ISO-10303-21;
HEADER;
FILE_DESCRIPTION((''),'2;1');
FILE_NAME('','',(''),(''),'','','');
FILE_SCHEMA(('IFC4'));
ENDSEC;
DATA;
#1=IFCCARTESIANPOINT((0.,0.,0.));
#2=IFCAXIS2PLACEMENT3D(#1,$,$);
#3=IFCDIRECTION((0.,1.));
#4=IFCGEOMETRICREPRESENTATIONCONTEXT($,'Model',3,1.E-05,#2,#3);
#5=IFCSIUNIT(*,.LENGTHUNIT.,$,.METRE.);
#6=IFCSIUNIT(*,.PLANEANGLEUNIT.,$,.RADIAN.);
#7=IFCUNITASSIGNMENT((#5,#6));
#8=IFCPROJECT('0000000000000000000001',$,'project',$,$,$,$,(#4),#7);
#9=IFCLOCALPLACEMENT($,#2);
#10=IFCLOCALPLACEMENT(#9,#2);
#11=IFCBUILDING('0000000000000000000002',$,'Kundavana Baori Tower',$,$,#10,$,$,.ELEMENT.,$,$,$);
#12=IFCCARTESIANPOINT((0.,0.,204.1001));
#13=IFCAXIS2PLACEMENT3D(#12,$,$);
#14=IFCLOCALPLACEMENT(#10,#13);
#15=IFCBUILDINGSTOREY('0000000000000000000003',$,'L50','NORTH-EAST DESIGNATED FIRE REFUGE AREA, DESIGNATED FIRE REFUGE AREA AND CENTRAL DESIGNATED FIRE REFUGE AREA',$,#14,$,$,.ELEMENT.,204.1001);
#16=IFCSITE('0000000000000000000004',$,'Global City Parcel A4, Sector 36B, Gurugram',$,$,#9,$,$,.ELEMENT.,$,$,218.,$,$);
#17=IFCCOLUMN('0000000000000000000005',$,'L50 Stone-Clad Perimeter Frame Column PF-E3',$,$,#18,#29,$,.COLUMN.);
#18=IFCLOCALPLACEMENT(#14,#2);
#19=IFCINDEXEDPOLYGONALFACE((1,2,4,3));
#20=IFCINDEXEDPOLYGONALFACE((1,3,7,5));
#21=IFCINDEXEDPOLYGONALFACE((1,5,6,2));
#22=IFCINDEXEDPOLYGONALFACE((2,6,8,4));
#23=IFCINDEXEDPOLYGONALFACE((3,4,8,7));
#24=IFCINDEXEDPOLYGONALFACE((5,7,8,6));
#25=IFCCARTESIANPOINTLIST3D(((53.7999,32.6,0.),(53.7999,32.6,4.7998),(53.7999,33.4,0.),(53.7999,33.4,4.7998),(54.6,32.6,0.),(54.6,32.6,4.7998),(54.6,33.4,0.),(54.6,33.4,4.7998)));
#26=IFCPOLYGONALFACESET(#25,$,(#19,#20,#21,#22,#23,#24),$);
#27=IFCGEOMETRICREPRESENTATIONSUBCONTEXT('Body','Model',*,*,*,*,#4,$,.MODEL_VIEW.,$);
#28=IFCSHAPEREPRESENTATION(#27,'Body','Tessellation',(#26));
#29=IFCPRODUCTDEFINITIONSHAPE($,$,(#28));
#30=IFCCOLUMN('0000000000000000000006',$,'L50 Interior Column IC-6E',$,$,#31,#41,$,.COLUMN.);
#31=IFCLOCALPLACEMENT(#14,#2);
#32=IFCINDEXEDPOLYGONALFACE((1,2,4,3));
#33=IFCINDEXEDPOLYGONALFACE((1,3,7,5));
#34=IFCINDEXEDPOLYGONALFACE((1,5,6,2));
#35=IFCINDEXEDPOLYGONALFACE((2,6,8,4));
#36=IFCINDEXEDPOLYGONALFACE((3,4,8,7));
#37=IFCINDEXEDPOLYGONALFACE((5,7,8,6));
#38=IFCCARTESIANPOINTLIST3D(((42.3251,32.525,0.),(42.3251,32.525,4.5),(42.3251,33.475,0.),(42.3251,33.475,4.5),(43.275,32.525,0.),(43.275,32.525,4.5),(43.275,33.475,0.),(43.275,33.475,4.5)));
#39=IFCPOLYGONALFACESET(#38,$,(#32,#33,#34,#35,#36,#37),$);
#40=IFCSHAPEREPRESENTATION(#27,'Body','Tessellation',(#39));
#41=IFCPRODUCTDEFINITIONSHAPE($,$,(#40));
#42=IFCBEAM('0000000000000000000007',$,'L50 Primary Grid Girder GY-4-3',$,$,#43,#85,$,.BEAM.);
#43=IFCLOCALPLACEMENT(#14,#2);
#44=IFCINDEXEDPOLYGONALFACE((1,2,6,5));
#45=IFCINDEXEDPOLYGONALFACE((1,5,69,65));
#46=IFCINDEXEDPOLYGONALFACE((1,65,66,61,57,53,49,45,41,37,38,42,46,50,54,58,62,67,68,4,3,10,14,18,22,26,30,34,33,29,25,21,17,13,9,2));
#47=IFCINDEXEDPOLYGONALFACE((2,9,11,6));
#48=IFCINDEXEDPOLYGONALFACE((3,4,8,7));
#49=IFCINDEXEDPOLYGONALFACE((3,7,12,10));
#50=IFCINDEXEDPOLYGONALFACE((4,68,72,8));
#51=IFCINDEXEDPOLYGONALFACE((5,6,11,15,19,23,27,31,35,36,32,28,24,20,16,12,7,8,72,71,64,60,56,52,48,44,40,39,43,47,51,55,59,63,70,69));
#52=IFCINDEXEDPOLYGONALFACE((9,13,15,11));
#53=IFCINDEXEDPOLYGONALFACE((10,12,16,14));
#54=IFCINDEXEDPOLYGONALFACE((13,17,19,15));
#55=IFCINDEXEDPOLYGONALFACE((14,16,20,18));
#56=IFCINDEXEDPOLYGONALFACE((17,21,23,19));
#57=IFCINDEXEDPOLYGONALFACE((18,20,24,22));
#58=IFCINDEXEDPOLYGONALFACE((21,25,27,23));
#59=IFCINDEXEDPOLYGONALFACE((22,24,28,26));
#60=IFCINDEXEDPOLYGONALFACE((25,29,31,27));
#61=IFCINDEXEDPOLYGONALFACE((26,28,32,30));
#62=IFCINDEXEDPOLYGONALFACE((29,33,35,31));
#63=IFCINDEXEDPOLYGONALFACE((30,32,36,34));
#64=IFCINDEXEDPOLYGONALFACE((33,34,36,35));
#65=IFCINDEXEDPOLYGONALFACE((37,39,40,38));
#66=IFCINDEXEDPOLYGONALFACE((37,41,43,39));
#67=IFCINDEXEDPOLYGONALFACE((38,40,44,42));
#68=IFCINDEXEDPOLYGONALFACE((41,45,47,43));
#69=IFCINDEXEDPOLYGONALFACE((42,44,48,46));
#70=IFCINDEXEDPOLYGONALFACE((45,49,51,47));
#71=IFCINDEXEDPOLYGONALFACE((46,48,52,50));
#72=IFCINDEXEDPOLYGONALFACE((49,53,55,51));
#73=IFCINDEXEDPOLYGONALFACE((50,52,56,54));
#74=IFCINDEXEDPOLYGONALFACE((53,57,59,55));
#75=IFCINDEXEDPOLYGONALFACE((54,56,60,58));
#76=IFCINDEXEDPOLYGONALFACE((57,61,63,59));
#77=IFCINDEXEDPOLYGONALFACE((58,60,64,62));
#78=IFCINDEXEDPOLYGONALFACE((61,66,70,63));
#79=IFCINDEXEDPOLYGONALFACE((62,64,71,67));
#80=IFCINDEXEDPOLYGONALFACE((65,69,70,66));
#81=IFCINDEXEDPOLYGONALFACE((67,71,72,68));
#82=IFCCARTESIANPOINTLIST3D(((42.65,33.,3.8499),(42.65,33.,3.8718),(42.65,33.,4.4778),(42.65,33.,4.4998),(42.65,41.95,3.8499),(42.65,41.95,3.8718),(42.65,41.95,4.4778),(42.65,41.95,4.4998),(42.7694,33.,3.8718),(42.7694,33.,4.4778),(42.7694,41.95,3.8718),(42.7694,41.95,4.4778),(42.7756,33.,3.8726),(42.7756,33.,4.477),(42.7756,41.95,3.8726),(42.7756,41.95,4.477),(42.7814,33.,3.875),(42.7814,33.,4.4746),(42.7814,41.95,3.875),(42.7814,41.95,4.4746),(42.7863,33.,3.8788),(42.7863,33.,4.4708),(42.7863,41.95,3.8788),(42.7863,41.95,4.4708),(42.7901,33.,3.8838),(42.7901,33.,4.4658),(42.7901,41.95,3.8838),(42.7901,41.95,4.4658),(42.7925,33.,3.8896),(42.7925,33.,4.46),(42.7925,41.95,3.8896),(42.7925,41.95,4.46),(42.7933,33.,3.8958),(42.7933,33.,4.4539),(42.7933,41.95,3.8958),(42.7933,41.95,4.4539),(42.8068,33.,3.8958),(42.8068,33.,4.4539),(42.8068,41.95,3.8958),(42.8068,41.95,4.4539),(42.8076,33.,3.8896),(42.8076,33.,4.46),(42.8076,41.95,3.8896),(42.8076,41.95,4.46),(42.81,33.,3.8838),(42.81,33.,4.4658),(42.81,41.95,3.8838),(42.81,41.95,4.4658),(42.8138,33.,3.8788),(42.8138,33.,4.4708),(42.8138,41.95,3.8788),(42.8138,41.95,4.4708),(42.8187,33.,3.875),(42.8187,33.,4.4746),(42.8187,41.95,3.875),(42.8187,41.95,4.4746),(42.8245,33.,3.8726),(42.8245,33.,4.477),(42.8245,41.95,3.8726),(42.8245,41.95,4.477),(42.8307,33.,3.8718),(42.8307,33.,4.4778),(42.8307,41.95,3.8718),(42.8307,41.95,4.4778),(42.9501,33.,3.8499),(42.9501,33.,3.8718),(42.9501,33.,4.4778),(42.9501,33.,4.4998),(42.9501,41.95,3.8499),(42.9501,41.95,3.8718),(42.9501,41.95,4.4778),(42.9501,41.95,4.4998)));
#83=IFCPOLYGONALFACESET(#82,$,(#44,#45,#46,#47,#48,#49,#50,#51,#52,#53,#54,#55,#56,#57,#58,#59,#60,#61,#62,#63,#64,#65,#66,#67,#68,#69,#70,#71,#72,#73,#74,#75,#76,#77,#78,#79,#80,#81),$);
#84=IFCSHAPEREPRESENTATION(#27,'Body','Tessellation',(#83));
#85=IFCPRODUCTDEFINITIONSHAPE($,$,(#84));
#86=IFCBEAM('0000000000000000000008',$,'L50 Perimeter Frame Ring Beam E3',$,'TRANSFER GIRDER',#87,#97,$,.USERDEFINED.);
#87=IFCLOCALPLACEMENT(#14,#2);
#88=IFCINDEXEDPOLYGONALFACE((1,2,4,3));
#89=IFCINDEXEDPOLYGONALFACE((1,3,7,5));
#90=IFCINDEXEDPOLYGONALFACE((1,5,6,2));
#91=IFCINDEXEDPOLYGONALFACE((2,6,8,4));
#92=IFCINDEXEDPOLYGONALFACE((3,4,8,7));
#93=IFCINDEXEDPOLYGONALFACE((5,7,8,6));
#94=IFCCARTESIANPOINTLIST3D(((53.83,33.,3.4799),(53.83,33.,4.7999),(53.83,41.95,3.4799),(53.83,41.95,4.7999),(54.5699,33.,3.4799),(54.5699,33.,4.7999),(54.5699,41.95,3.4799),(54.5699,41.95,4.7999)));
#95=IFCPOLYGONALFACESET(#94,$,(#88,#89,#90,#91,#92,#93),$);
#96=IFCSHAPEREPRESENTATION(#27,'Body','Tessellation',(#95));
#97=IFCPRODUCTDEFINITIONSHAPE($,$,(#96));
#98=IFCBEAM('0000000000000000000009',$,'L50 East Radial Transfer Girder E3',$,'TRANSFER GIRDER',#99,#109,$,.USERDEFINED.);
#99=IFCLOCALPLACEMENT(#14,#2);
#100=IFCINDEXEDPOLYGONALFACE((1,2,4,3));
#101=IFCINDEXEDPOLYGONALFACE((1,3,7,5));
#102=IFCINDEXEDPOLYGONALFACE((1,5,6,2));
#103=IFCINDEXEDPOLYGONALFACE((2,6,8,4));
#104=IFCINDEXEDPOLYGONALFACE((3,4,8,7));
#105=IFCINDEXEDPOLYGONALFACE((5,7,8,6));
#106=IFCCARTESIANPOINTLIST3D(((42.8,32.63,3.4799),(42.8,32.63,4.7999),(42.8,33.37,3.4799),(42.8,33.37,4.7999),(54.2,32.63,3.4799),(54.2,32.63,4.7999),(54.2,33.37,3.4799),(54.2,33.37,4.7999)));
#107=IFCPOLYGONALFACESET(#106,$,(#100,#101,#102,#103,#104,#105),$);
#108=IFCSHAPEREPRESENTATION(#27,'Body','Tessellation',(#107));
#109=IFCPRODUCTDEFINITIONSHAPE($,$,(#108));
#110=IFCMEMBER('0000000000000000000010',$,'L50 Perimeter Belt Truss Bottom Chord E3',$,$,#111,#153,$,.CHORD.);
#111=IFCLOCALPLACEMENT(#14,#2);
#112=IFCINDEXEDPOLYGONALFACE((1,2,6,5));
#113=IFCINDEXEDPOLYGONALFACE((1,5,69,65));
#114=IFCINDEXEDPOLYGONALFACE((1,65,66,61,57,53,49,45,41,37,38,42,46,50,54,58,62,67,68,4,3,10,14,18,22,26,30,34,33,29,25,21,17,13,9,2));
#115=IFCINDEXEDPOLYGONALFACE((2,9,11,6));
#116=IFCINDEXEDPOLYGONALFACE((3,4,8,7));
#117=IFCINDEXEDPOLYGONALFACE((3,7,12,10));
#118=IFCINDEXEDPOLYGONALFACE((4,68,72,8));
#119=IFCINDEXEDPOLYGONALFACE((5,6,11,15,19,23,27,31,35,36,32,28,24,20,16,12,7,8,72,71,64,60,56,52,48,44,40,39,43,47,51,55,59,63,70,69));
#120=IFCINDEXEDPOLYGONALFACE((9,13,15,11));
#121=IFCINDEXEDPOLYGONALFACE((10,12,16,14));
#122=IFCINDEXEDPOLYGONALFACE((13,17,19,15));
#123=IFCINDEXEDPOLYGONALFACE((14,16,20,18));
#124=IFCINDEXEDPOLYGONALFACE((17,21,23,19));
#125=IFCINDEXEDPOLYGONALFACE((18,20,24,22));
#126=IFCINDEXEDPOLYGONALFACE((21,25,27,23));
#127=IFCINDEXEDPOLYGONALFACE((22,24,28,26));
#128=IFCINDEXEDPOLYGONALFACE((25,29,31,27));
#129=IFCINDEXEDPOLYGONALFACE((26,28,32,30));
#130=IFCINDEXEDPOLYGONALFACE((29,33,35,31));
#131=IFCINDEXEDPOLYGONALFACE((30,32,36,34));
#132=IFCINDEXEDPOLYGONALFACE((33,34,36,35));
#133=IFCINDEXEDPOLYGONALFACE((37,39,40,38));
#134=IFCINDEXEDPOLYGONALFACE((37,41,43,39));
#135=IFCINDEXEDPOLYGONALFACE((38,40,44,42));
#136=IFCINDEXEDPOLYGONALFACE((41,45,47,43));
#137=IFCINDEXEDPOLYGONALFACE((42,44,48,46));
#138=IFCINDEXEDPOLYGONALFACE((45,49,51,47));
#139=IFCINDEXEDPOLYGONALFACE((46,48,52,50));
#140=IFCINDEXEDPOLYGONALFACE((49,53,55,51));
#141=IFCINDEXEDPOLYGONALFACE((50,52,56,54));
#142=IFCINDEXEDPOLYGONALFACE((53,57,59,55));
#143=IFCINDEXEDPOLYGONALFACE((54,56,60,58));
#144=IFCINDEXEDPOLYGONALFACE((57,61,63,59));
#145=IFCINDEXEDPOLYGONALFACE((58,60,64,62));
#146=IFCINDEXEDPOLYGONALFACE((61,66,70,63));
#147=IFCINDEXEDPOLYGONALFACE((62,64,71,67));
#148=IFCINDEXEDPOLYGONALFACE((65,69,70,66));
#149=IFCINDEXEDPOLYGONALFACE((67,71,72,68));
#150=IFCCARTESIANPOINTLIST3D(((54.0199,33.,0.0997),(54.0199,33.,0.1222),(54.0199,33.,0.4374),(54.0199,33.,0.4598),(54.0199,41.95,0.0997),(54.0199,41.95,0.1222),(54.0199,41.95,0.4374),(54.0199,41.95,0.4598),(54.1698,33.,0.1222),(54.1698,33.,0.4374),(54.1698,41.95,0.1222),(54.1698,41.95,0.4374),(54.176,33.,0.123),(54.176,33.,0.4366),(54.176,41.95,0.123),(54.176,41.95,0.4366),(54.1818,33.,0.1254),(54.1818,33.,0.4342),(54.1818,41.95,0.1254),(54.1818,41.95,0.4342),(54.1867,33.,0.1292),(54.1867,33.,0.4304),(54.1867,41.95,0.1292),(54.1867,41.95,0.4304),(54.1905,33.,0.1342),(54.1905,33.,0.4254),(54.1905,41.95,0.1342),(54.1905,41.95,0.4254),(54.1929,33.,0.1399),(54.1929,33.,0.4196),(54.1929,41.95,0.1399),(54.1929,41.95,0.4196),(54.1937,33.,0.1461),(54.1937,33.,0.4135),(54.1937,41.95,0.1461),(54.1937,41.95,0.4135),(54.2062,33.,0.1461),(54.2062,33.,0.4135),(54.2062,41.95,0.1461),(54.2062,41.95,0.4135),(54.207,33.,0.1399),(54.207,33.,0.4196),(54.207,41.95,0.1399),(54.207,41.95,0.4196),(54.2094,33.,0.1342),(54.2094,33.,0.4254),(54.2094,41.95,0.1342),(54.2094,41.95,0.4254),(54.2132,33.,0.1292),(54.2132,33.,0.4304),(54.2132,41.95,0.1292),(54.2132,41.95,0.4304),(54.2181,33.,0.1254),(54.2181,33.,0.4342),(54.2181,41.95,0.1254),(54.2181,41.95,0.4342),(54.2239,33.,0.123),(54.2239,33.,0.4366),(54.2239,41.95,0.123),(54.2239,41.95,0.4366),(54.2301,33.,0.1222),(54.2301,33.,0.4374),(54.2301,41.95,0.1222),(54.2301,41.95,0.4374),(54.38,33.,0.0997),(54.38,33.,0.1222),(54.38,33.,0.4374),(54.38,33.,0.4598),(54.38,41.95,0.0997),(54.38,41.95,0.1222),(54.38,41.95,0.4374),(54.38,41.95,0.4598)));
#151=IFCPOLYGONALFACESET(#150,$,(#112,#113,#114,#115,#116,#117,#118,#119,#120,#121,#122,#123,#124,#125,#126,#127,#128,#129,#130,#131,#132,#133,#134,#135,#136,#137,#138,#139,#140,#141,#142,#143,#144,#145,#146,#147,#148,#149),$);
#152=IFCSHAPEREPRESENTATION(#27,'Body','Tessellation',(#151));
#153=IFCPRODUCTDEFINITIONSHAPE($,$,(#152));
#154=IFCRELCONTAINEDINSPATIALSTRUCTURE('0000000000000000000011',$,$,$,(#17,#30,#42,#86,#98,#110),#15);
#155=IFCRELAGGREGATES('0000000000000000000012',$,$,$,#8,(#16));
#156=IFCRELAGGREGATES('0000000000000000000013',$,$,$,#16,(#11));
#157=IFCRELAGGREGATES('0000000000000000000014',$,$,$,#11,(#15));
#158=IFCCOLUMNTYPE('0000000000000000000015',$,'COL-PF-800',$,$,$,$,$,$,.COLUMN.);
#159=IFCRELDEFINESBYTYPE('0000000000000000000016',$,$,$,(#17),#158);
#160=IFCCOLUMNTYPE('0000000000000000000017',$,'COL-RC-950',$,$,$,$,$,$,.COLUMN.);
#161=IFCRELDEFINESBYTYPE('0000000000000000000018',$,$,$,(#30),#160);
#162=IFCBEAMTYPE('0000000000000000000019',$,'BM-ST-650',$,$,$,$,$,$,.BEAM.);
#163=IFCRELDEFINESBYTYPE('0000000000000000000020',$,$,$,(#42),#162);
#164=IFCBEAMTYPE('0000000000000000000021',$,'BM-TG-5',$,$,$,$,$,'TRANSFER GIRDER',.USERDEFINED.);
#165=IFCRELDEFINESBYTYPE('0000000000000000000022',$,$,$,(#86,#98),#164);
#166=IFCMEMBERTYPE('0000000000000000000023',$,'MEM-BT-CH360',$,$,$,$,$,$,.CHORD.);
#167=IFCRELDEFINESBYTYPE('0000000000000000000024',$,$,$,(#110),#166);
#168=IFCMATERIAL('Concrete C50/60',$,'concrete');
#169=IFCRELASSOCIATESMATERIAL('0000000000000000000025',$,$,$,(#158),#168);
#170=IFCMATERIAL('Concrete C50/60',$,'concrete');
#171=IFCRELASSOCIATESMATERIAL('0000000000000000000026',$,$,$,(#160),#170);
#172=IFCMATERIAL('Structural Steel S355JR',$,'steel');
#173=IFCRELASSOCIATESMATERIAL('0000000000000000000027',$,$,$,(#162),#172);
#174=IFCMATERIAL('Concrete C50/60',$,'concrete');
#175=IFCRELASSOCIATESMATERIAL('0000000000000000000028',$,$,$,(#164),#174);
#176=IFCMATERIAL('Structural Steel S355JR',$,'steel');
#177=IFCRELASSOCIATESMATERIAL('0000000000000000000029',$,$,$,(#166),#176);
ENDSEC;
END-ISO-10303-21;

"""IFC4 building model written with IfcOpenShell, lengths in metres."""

from ifc_helpers import new_model, si_unit, direction, frame, origin, origin_2d, place, context, subcontext, project, spatial, rectangle, i_section, extrude, material, material_profile, profile_set, type_object, element, save


model = new_model("IFC4")

# Units and contexts
model_context = context("Model", 3, precision=1e-05, world=origin(), true_north=direction((0.0, 1.0)))
body_context = subcontext(model_context, "Body", "Model", "MODEL_VIEW")
ifc_project = project(units=[si_unit("LENGTHUNIT", "METRE"), si_unit("PLANEANGLEUNIT", "RADIAN")], contexts=[model_context])

# Site, building, storey
site_placement = place(None, origin())
site = spatial("IfcSite", under=ifc_project, at=site_placement, Name="Global City Parcel A4, Sector 36B, Gurugram", CompositionType="ELEMENT", RefElevation=218.0)
building_placement = place(site_placement, origin())
building = spatial("IfcBuilding", under=site, at=building_placement, Name="Kundavana Baori Tower", CompositionType="ELEMENT")
storey_placement = place(building_placement, frame((0.0, 0.0, 204.1001)))
storey = spatial("IfcBuildingStorey", under=building, at=storey_placement, Name="L50", Description="NORTH-EAST DESIGNATED FIRE REFUGE AREA, DESIGNATED FIRE REFUGE AREA AND CENTRAL DESIGNATED FIRE REFUGE AREA", CompositionType="ELEMENT", Elevation=204.1001)

# Columns
ifc_material_1 = material(Name="Concrete C50/60", Category="concrete")
ifc_material_profile_1 = material_profile(ifc_material_1, rectangle(XDim=0.8, YDim=0.8, at=origin_2d()), Name="RC PF 800x800")
ifc_profile_set_1 = profile_set([ifc_material_profile_1], Name="Concrete C50/60")
column_type_1 = type_object("IfcColumnType", Name="COL-PF-800", PredefinedType="COLUMN", material=ifc_profile_set_1)
column_1_placement = place(storey_placement, frame((54.2, 33.0, 0.0), z_axis=(0.0, 0.0, 1.0), x_axis=(1.0, 0.0, 0.0)))
element("IfcColumn", 1, at=column_1_placement, inside=storey, type_object=column_type_1, Name="L50 Stone-Clad Perimeter Frame Column PF-E3", PredefinedType="COLUMN", context=body_context, shape_type="SweptSolid", body=[
    extrude(rectangle(XDim=0.8, YDim=0.8, at=origin_2d()), origin(), (0.0, 0.0, 1.0), 4.7998),
])
ifc_material_2 = material(Name="Concrete C50/60", Category="concrete")
ifc_material_profile_2 = material_profile(ifc_material_2, rectangle(XDim=0.95, YDim=0.95, at=origin_2d()), Name="RC 950x950")
ifc_profile_set_2 = profile_set([ifc_material_profile_2], Name="Concrete C50/60")
column_type_2 = type_object("IfcColumnType", Name="COL-RC-950", PredefinedType="COLUMN", material=ifc_profile_set_2)
column_2_placement = place(storey_placement, frame((42.8, 33.0, 0.0), z_axis=(0.0, 0.0, 1.0), x_axis=(1.0, 0.0, 0.0)))
element("IfcColumn", 2, at=column_2_placement, inside=storey, type_object=column_type_2, Name="L50 Interior Column IC-6E", PredefinedType="COLUMN", context=body_context, shape_type="SweptSolid", body=[
    extrude(rectangle(XDim=0.95, YDim=0.95, at=origin_2d()), origin(), (0.0, 0.0, 1.0), 4.5),
])

# Beams
ifc_material_3 = material(Name="Structural Steel S355JR", Category="steel")
ifc_material_profile_3 = material_profile(ifc_material_3, i_section(OverallWidth=0.3, OverallDepth=0.6499, WebThickness=0.0134, FlangeThickness=0.022, FilletRadius=0.0239, at=origin_2d()), Name="NPB 650x300x155")
ifc_profile_set_3 = profile_set([ifc_material_profile_3], Name="Structural Steel S355JR")
beam_type_1 = type_object("IfcBeamType", Name="BM-ST-650", PredefinedType="BEAM", material=ifc_profile_set_3)
beam_1_placement = place(storey_placement, frame((42.8, 33.0, 4.1748), z_axis=(0.0, 1.0, 0.0), x_axis=(-1.0, 0.0, 0.0)))
element("IfcBeam", 3, at=beam_1_placement, inside=storey, type_object=beam_type_1, Name="L50 Primary Grid Girder GY-4-3", PredefinedType="BEAM", context=body_context, shape_type="SweptSolid", body=[
    extrude(i_section(OverallWidth=0.3, OverallDepth=0.6499, WebThickness=0.0134, FlangeThickness=0.022, FilletRadius=0.0239, at=origin_2d()), origin(), (0.0, 0.0, 1.0), 8.95),
])
ifc_material_4 = material(Name="Concrete C50/60", Category="concrete")
ifc_material_profile_4 = material_profile(ifc_material_4, rectangle(XDim=0.74, YDim=1.3201, at=origin_2d()), Name="BM-TG-5")
ifc_profile_set_4 = profile_set([ifc_material_profile_4], Name="Concrete C50/60")
beam_type_2 = type_object("IfcBeamType", Name="BM-TG-5", ElementType="TRANSFER GIRDER", PredefinedType="USERDEFINED", material=ifc_profile_set_4)
beam_2_placement = place(storey_placement, frame((54.2, 33.0, 4.1399), z_axis=(0.0, 1.0, 0.0), x_axis=(-1.0, 0.0, 0.0)))
element("IfcBeam", 4, at=beam_2_placement, inside=storey, type_object=beam_type_2, Name="L50 Perimeter Frame Ring Beam E3", ObjectType="TRANSFER GIRDER", PredefinedType="USERDEFINED", context=body_context, shape_type="SweptSolid", body=[
    extrude(rectangle(XDim=0.74, YDim=1.3201, at=origin_2d()), origin(), (0.0, 0.0, 1.0), 8.95),
])
beam_3_placement = place(storey_placement, frame((42.8, 33.0, 4.1399), z_axis=(1.0, 0.0, 0.0), x_axis=(0.0, 1.0, 0.0)))
element("IfcBeam", 5, at=beam_3_placement, inside=storey, type_object=beam_type_2, Name="L50 East Radial Transfer Girder E3", ObjectType="TRANSFER GIRDER", PredefinedType="USERDEFINED", context=body_context, shape_type="SweptSolid", body=[
    extrude(rectangle(XDim=0.74, YDim=1.3201, at=origin_2d()), origin(), (0.0, 0.0, 1.0), 11.3999),
])

# Member
ifc_material_5 = material(Name="Structural Steel S355JR", Category="steel")
ifc_material_profile_5 = material_profile(ifc_material_5, i_section(OverallWidth=0.3601, OverallDepth=0.3601, WebThickness=0.0125, FlangeThickness=0.0225, FilletRadius=0.0239, at=origin_2d()), Name="WPB 360x360x142")
ifc_profile_set_5 = profile_set([ifc_material_profile_5], Name="Structural Steel S355JR")
member_type_1 = type_object("IfcMemberType", Name="MEM-BT-CH360", PredefinedType="CHORD", material=ifc_profile_set_5)
member_1_placement = place(storey_placement, frame((54.2, 33.0, 0.2798), z_axis=(0.0, 1.0, 0.0), x_axis=(-1.0, 0.0, 0.0)))
element("IfcMember", 6, at=member_1_placement, inside=storey, type_object=member_type_1, Name="L50 Perimeter Belt Truss Bottom Chord E3", PredefinedType="CHORD", context=body_context, shape_type="SweptSolid", body=[
    extrude(i_section(OverallWidth=0.3601, OverallDepth=0.3601, WebThickness=0.0125, FlangeThickness=0.0225, FilletRadius=0.0239, at=origin_2d()), origin(), (0.0, 0.0, 1.0), 8.95),
])

save(model, "model.ifc")
